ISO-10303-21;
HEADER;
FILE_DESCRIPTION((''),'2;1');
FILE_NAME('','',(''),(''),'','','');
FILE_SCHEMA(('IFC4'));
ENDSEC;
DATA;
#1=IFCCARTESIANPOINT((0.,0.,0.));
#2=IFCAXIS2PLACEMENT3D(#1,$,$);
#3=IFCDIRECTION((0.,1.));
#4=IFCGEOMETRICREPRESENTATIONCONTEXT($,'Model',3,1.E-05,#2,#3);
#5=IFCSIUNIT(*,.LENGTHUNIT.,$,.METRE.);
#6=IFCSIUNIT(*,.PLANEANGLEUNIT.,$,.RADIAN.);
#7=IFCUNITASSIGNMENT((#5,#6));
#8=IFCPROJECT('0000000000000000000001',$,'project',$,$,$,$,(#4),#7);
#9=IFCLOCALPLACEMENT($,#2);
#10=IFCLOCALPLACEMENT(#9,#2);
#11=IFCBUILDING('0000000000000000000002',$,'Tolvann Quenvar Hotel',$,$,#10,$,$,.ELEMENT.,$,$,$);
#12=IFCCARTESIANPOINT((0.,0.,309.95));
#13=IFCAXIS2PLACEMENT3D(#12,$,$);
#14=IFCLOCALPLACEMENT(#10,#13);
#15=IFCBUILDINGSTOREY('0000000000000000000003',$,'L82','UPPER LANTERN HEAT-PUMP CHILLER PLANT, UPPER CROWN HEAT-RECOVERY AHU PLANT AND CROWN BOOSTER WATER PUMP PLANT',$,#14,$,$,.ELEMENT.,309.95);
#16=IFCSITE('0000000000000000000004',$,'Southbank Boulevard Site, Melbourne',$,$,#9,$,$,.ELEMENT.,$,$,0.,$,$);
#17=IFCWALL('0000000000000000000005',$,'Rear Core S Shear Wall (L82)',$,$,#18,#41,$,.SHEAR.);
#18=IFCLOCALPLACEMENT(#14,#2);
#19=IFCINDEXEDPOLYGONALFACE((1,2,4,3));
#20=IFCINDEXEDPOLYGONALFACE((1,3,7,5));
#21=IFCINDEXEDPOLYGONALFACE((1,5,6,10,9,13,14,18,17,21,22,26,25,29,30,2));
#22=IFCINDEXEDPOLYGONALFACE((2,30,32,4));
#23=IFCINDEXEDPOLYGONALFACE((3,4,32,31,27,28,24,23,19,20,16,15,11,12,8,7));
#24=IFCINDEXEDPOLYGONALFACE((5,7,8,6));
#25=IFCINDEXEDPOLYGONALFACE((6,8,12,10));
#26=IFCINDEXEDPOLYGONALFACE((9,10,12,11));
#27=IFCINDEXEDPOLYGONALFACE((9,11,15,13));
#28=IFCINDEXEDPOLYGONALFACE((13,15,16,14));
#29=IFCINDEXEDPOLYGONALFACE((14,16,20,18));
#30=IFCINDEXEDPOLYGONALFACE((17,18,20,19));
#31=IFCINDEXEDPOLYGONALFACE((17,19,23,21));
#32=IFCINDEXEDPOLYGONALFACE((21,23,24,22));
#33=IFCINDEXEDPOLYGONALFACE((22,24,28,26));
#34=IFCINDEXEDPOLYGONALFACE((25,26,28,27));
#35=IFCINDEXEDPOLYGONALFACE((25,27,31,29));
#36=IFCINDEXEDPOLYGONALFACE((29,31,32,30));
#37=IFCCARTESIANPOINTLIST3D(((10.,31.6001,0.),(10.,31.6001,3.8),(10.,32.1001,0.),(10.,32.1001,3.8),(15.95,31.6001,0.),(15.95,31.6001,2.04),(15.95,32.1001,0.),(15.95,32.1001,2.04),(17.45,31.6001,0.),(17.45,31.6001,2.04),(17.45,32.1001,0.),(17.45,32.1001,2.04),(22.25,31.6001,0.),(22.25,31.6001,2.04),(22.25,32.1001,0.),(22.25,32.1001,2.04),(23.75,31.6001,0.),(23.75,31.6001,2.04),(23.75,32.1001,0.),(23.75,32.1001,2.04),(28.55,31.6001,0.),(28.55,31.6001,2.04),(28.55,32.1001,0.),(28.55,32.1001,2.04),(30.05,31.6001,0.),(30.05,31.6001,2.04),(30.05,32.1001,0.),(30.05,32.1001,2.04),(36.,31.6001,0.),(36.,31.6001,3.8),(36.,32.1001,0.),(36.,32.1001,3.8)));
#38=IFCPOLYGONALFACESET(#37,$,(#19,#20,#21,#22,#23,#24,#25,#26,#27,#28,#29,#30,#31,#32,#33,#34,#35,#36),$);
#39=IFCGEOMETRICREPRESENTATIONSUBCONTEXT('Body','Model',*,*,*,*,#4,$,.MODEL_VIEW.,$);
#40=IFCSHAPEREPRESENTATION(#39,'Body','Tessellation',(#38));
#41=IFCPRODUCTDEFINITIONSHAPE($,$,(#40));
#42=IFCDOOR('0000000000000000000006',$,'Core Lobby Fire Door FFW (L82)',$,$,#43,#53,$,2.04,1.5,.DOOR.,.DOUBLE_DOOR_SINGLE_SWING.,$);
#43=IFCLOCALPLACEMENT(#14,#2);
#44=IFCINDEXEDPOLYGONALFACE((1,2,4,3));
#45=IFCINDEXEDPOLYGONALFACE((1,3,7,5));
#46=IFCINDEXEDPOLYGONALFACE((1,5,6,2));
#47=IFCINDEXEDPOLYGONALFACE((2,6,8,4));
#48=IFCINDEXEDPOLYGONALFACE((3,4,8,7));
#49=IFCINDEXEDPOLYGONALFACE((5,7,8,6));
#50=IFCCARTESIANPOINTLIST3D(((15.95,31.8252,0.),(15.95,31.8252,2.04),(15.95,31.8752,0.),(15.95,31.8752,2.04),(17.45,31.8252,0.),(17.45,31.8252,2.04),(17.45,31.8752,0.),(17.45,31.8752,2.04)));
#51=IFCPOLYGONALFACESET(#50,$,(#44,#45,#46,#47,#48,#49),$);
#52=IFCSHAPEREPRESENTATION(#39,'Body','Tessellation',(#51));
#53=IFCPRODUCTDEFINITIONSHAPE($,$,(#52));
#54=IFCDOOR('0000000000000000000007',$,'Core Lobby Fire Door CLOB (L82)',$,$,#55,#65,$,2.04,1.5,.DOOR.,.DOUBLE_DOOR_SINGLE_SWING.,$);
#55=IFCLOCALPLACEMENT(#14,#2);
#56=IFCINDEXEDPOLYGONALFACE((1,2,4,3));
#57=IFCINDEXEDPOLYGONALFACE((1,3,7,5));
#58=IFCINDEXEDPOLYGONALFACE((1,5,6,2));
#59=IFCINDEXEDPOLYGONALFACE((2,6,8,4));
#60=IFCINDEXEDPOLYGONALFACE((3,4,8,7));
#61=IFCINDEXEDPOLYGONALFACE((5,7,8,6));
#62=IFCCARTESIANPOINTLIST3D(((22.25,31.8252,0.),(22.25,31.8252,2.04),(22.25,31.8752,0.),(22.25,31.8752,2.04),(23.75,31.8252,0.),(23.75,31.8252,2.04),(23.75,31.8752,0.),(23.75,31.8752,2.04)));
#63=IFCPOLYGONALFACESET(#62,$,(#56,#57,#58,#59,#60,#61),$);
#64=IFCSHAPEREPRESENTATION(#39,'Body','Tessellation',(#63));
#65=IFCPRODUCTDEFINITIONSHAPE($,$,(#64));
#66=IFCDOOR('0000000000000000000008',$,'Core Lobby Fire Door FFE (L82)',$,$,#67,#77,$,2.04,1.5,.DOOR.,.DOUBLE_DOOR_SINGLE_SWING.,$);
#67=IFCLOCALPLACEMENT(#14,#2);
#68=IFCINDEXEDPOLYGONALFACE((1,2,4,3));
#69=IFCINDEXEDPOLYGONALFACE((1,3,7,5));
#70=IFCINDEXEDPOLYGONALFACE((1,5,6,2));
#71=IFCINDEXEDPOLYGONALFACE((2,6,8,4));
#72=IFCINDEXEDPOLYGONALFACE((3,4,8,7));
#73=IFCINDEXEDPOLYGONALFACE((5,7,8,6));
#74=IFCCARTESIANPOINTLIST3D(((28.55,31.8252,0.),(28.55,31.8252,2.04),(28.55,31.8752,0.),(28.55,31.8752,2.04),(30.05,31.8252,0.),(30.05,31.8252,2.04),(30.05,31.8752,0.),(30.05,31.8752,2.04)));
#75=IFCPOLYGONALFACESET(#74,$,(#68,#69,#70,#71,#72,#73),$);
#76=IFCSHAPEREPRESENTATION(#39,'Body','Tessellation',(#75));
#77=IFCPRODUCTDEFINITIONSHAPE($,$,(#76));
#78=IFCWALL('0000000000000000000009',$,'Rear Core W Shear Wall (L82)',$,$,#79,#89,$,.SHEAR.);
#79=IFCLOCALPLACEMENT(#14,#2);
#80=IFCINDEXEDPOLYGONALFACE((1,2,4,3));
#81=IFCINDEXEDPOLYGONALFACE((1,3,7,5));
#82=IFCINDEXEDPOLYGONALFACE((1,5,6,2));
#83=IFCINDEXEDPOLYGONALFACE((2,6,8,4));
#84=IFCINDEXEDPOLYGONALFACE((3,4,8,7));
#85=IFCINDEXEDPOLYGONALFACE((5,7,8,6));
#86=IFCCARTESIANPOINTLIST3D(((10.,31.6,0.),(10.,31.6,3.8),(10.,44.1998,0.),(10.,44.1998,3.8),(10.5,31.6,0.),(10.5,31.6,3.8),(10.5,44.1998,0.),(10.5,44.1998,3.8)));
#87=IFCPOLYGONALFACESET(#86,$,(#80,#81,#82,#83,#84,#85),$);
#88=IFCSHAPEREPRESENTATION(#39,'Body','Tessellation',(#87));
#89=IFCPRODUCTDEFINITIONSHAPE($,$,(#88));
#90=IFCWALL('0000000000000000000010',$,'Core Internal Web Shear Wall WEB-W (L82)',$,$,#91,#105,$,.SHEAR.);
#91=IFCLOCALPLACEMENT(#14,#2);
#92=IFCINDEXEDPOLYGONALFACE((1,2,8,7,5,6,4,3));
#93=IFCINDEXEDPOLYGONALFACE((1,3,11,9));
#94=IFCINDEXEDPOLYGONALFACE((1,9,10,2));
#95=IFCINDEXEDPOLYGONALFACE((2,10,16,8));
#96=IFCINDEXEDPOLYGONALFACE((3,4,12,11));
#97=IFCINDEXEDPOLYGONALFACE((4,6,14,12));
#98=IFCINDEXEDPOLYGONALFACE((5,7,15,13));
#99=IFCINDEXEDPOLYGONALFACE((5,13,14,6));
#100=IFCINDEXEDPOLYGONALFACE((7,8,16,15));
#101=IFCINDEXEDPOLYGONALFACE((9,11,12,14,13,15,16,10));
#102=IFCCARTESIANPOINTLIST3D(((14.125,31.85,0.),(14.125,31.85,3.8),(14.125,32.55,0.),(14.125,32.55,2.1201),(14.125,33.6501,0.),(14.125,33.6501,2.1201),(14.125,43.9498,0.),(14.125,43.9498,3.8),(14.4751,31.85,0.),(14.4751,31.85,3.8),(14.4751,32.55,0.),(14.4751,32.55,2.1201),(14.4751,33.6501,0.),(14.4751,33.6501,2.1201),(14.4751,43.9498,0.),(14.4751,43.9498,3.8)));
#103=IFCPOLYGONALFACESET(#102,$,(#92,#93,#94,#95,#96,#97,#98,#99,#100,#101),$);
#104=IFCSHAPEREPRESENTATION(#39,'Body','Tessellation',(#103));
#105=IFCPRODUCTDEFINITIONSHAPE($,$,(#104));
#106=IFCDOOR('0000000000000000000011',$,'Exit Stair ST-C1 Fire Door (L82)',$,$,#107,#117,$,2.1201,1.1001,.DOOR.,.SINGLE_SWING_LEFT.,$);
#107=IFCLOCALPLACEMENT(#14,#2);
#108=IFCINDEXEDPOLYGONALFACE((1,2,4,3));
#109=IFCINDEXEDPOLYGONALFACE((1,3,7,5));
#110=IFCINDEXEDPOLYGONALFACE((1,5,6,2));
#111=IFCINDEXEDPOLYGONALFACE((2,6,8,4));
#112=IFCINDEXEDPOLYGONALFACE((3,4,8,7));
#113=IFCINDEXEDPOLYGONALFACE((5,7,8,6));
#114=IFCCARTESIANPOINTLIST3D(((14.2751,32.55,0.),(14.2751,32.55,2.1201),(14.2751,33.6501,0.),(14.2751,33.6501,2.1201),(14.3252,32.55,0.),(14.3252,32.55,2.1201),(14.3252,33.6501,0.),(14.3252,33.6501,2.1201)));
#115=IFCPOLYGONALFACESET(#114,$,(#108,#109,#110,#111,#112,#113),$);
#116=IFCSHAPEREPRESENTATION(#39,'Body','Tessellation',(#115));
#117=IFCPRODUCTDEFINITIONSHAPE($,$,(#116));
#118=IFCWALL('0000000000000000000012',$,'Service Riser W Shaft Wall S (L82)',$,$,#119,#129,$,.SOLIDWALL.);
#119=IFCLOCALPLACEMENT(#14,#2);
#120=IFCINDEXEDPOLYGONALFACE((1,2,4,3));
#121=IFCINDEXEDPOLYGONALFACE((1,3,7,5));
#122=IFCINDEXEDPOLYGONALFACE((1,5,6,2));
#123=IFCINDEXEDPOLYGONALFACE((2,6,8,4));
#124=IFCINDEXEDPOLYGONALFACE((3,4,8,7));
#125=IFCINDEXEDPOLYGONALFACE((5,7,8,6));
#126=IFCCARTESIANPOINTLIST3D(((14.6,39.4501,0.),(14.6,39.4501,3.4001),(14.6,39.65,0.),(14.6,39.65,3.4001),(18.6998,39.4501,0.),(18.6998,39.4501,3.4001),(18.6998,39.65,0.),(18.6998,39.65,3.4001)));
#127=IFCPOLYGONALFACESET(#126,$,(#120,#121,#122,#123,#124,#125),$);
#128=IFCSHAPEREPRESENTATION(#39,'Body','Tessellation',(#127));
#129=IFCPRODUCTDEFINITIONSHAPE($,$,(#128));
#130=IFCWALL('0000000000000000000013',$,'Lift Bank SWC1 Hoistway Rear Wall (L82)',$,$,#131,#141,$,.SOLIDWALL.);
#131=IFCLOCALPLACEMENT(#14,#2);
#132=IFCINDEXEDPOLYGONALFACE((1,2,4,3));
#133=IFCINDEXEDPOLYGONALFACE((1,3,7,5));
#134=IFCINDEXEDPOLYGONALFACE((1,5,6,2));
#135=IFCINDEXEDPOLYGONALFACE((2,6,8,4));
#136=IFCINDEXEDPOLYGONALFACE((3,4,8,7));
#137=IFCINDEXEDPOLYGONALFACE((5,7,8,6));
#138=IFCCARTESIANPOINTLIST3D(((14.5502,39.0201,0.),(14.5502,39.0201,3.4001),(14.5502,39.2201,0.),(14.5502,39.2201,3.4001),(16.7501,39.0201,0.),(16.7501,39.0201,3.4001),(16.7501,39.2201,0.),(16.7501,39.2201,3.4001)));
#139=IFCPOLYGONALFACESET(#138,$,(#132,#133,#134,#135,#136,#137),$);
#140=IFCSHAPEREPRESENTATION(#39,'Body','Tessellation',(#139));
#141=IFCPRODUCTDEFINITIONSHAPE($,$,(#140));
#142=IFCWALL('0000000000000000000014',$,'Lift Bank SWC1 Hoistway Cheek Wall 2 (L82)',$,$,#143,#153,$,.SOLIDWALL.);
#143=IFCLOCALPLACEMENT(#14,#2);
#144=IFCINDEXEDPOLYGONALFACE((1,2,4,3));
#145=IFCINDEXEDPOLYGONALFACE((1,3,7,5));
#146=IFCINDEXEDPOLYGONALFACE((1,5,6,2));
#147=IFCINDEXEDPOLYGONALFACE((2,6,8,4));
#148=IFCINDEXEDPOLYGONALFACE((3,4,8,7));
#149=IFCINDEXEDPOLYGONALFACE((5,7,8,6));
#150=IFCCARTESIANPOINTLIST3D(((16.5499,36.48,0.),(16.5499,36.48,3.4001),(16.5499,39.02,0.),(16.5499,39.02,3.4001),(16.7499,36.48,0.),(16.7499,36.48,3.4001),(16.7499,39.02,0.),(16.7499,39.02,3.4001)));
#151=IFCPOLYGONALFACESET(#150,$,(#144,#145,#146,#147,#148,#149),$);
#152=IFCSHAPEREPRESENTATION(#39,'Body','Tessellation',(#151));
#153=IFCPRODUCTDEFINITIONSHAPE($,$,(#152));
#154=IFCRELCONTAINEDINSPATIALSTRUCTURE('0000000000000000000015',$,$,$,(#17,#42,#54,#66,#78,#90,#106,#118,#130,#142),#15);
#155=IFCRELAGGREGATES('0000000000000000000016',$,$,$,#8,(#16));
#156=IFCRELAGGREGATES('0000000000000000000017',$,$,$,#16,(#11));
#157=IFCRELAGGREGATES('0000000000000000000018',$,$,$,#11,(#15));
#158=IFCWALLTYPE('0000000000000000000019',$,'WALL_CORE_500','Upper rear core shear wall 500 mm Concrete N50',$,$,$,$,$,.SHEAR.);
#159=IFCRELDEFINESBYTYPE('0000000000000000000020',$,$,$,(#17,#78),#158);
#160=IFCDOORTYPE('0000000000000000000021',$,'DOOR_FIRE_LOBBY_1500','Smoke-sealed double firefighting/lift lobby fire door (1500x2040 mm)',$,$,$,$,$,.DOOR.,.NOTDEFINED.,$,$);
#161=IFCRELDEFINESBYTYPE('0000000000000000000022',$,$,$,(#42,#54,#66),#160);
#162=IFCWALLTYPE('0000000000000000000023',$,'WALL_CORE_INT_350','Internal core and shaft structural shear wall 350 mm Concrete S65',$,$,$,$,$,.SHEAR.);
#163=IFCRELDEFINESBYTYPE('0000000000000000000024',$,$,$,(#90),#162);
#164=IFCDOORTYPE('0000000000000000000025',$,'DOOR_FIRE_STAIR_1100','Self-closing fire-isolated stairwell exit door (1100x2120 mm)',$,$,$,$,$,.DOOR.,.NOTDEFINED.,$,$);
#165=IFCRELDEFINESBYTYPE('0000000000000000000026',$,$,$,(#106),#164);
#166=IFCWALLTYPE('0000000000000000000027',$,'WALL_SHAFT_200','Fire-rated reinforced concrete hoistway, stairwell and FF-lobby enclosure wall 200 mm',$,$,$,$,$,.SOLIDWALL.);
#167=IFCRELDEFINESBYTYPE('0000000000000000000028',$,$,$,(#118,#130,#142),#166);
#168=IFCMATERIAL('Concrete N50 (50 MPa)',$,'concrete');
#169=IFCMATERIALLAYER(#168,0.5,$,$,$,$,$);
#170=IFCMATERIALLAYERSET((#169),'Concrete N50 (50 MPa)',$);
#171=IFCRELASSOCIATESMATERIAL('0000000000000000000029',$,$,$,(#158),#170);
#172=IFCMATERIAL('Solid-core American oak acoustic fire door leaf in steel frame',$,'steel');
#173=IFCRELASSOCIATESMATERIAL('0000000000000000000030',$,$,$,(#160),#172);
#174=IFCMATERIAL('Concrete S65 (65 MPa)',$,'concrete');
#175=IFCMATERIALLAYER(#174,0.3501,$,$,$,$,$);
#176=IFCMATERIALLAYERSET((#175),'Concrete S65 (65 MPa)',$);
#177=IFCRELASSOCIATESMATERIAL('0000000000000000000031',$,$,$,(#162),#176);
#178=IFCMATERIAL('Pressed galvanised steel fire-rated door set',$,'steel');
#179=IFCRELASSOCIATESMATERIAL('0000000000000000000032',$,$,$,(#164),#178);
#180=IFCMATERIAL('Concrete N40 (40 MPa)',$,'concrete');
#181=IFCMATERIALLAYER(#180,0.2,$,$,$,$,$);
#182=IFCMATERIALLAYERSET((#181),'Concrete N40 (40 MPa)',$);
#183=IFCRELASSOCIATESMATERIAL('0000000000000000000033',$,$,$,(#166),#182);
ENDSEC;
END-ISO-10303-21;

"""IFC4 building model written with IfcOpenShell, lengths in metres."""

from ifc_helpers import new_model, si_unit, direction, frame, frame_2d, origin, place, context, subcontext, project, spatial, rectangle, extrude, source, transform, mapped, material, layer, layer_set, type_object, type_shapes, element, fill, save


model = new_model("IFC4")

# Units and contexts
model_context = context("Model", 3, precision=1e-05, world=origin(), true_north=direction((0.0, 1.0)))
body_context = subcontext(model_context, "Body", "Model", "MODEL_VIEW")
ifc_project = project(units=[si_unit("LENGTHUNIT", "METRE"), si_unit("PLANEANGLEUNIT", "RADIAN")], contexts=[model_context])

# Site, building, storey
site_placement = place(None, origin())
site = spatial("IfcSite", under=ifc_project, at=site_placement, Name="Southbank Boulevard Site, Melbourne", CompositionType="ELEMENT", RefElevation=0.0)
building_placement = place(site_placement, origin())
building = spatial("IfcBuilding", under=site, at=building_placement, Name="Tolvann Quenvar Hotel", CompositionType="ELEMENT")
storey_placement = place(building_placement, frame((0.0, 0.0, 309.95)))
storey = spatial("IfcBuildingStorey", under=building, at=storey_placement, Name="L82", Description="UPPER LANTERN HEAT-PUMP CHILLER PLANT, UPPER CROWN HEAT-RECOVERY AHU PLANT AND CROWN BOOSTER WATER PUMP PLANT", CompositionType="ELEMENT", Elevation=309.95)

# Wall, openings, doors
ifc_material_1 = material(Name="Concrete N50 (50 MPa)", Category="concrete")
ifc_layer_1 = layer(ifc_material_1, 0.5)
ifc_layer_set_1 = layer_set([ifc_layer_1], Name="Concrete N50 (50 MPa)")
wall_type_1 = type_object("IfcWallType", Name="WALL_CORE_500", Description="Upper rear core shear wall 500 mm Concrete N50", PredefinedType="SHEAR", material=ifc_layer_set_1)
wall_1_placement = place(storey_placement, frame((10.0, 31.8501, 0.0), z_axis=(0.0, 0.0, 1.0), x_axis=(1.0, 0.0, 0.0)))
wall_1 = element("IfcWall", 1, at=wall_1_placement, inside=storey, type_object=wall_type_1, Name="Rear Core S Shear Wall (L82)", PredefinedType="SHEAR", context=body_context, shape_type="SweptSolid", body=[
    extrude(rectangle(XDim=26.0, YDim=0.5, at=frame_2d((13.0, 0.0))), origin(), (0.0, 0.0, 1.0), 3.8),
])
opening_1_placement = place(wall_1_placement, frame((7.45, 0.0, 0.0), z_axis=(0.0, 0.0, 1.0), x_axis=(-1.0, 0.0, 0.0)))
opening_1 = element("IfcOpeningElement", 2, at=opening_1_placement, cuts=wall_1, PredefinedType="OPENING", context=body_context, shape_type="SweptSolid", body=[
    extrude(rectangle(XDim=1.5, YDim=2.04, at=frame_2d((0.75, 1.02))), frame((0.0, 0.26, 0.0), z_axis=(0.0, -1.0, 0.0), x_axis=(1.0, 0.0, 0.0)), (0.0, 0.0, 1.0), 0.52),
])
opening_2_placement = place(wall_1_placement, frame((13.75, 0.0, 0.0), z_axis=(0.0, 0.0, 1.0), x_axis=(-1.0, 0.0, 0.0)))
opening_2 = element("IfcOpeningElement", 3, at=opening_2_placement, cuts=wall_1, PredefinedType="OPENING", context=body_context, shape_type="SweptSolid", body=[
    extrude(rectangle(XDim=1.5, YDim=2.04, at=frame_2d((0.75, 1.02))), frame((0.0, 0.26, 0.0), z_axis=(0.0, -1.0, 0.0), x_axis=(1.0, 0.0, 0.0)), (0.0, 0.0, 1.0), 0.52),
])
opening_3_placement = place(wall_1_placement, frame((20.05, 0.0, 0.0), z_axis=(0.0, 0.0, 1.0), x_axis=(-1.0, 0.0, 0.0)))
opening_3 = element("IfcOpeningElement", 4, at=opening_3_placement, cuts=wall_1, PredefinedType="OPENING", context=body_context, shape_type="SweptSolid", body=[
    extrude(rectangle(XDim=1.5, YDim=2.04, at=frame_2d((0.75, 1.02))), frame((0.0, 0.26, 0.0), z_axis=(0.0, -1.0, 0.0), x_axis=(1.0, 0.0, 0.0)), (0.0, 0.0, 1.0), 0.52),
])
ifc_material_2 = material(Name="Solid-core American oak acoustic fire door leaf in steel frame", Category="steel")
door_type_1 = type_object("IfcDoorType", Name="DOOR_FIRE_LOBBY_1500", Description="Smoke-sealed double firefighting/lift lobby fire door (1500x2040 mm)", OperationType="NOTDEFINED", PredefinedType="DOOR", material=ifc_material_2)
shared_shape_1 = source(origin(), body_context, "Body", "SweptSolid", [
    extrude(rectangle(XDim=1.5, YDim=2.04, at=frame_2d((0.75, 1.02))), frame((0.0, 0.0249, 0.0), z_axis=(0.0, -1.0, 0.0), x_axis=(1.0, 0.0, 0.0)), (0.0, 0.0, 1.0), 0.05),
])
type_shapes(door_type_1, [shared_shape_1])
door_1_placement = place(opening_1_placement, origin())
door_1 = element("IfcDoor", 5, at=door_1_placement, inside=storey, type_object=door_type_1, Name="Core Lobby Fire Door FFW (L82)", OperationType="DOUBLE_DOOR_SINGLE_SWING", OverallHeight=2.04, OverallWidth=1.5, PredefinedType="DOOR", context=body_context, shape_type="MappedRepresentation", body=[
    mapped(shared_shape_1, transform((0.0, 0.0, 0.0), x_axis=(1.0, 0.0, 0.0), y_axis=(0.0, 1.0, 0.0), z_axis=(0.0, 0.0, 1.0), scale=1.0)),
])
fill(opening_1, door_1)
door_2_placement = place(opening_2_placement, origin())
door_2 = element("IfcDoor", 6, at=door_2_placement, inside=storey, type_object=door_type_1, Name="Core Lobby Fire Door CLOB (L82)", OperationType="DOUBLE_DOOR_SINGLE_SWING", OverallHeight=2.04, OverallWidth=1.5, PredefinedType="DOOR", context=body_context, shape_type="MappedRepresentation", body=[
    mapped(shared_shape_1, transform((0.0, 0.0, 0.0), x_axis=(1.0, 0.0, 0.0), y_axis=(0.0, 1.0, 0.0), z_axis=(0.0, 0.0, 1.0), scale=1.0)),
])
fill(opening_2, door_2)
door_3_placement = place(opening_3_placement, origin())
door_3 = element("IfcDoor", 7, at=door_3_placement, inside=storey, type_object=door_type_1, Name="Core Lobby Fire Door FFE (L82)", OperationType="DOUBLE_DOOR_SINGLE_SWING", OverallHeight=2.04, OverallWidth=1.5, PredefinedType="DOOR", context=body_context, shape_type="MappedRepresentation", body=[
    mapped(shared_shape_1, transform((0.0, 0.0, 0.0), x_axis=(1.0, 0.0, 0.0), y_axis=(0.0, 1.0, 0.0), z_axis=(0.0, 0.0, 1.0), scale=1.0)),
])
fill(opening_3, door_3)

# Wall
wall_2_placement = place(storey_placement, frame((10.25, 31.6001, 0.0), z_axis=(0.0, 0.0, 1.0), x_axis=(0.0, 1.0, 0.0)))
element("IfcWall", 8, at=wall_2_placement, inside=storey, type_object=wall_type_1, Name="Rear Core W Shear Wall (L82)", PredefinedType="SHEAR", context=body_context, shape_type="SweptSolid", body=[
    extrude(rectangle(XDim=12.5999, YDim=0.5, at=frame_2d((6.2998, 0.0))), origin(), (0.0, 0.0, 1.0), 3.8),
])

# Wall, opening, door
ifc_material_3 = material(Name="Concrete S65 (65 MPa)", Category="concrete")
ifc_layer_2 = layer(ifc_material_3, 0.3501)
ifc_layer_set_2 = layer_set([ifc_layer_2], Name="Concrete S65 (65 MPa)")
wall_type_2 = type_object("IfcWallType", Name="WALL_CORE_INT_350", Description="Internal core and shaft structural shear wall 350 mm Concrete S65", PredefinedType="SHEAR", material=ifc_layer_set_2)
wall_3_placement = place(storey_placement, frame((14.3, 31.8501, 0.0), z_axis=(0.0, 0.0, 1.0), x_axis=(0.0, 1.0, 0.0)))
wall_3 = element("IfcWall", 9, at=wall_3_placement, inside=storey, type_object=wall_type_2, Name="Core Internal Web Shear Wall WEB-W (L82)", PredefinedType="SHEAR", context=body_context, shape_type="SweptSolid", body=[
    extrude(rectangle(XDim=12.0999, YDim=0.3501, at=frame_2d((6.0498, 0.0))), origin(), (0.0, 0.0, 1.0), 3.8),
])
opening_4_placement = place(wall_3_placement, frame((0.7, 0.0, 0.0)))
opening_4 = element("IfcOpeningElement", 10, at=opening_4_placement, cuts=wall_3, PredefinedType="OPENING", context=body_context, shape_type="SweptSolid", body=[
    extrude(rectangle(XDim=1.1001, YDim=2.1201, at=frame_2d((0.55, 1.0601))), frame((0.0, 0.1851, 0.0), z_axis=(0.0, -1.0, 0.0), x_axis=(1.0, 0.0, 0.0)), (0.0, 0.0, 1.0), 0.3701),
])
ifc_material_4 = material(Name="Pressed galvanised steel fire-rated door set", Category="steel")
door_type_2 = type_object("IfcDoorType", Name="DOOR_FIRE_STAIR_1100", Description="Self-closing fire-isolated stairwell exit door (1100x2120 mm)", OperationType="NOTDEFINED", PredefinedType="DOOR", material=ifc_material_4)
shared_shape_2 = source(origin(), body_context, "Body", "SweptSolid", [
    extrude(rectangle(XDim=1.1001, YDim=2.1201, at=frame_2d((0.55, 1.0601))), frame((0.0, 0.0249, 0.0), z_axis=(0.0, -1.0, 0.0), x_axis=(1.0, 0.0, 0.0)), (0.0, 0.0, 1.0), 0.05),
])
type_shapes(door_type_2, [shared_shape_2])
door_4_placement = place(opening_4_placement, origin())
door_4 = element("IfcDoor", 11, at=door_4_placement, inside=storey, type_object=door_type_2, Name="Exit Stair ST-C1 Fire Door (L82)", OperationType="SINGLE_SWING_LEFT", OverallHeight=2.1201, OverallWidth=1.1001, PredefinedType="DOOR", context=body_context, shape_type="MappedRepresentation", body=[
    mapped(shared_shape_2, transform((0.0, 0.0, 0.0), x_axis=(1.0, 0.0, 0.0), y_axis=(0.0, 1.0, 0.0), z_axis=(0.0, 0.0, 1.0), scale=1.0)),
])
fill(opening_4, door_4)

# Wall
ifc_material_5 = material(Name="Concrete N40 (40 MPa)", Category="concrete")
ifc_layer_3 = layer(ifc_material_5, 0.2)
ifc_layer_set_3 = layer_set([ifc_layer_3], Name="Concrete N40 (40 MPa)")
wall_type_3 = type_object("IfcWallType", Name="WALL_SHAFT_200", Description="Fire-rated reinforced concrete hoistway, stairwell and FF-lobby enclosure wall 200 mm", PredefinedType="SOLIDWALL", material=ifc_layer_set_3)
wall_4_placement = place(storey_placement, frame((14.6001, 39.55, 0.0), z_axis=(0.0, 0.0, 1.0), x_axis=(1.0, 0.0, 0.0)))
element("IfcWall", 12, at=wall_4_placement, inside=storey, type_object=wall_type_3, Name="Service Riser W Shaft Wall S (L82)", PredefinedType="SOLIDWALL", context=body_context, shape_type="SweptSolid", body=[
    extrude(rectangle(XDim=4.0999, YDim=0.2, at=frame_2d((2.0498, 0.0))), origin(), (0.0, 0.0, 1.0), 3.4001),
])

# Walls
wall_5_placement = place(storey_placement, frame((14.55, 39.1201, 0.0), z_axis=(0.0, 0.0, 1.0), x_axis=(1.0, 0.0, 0.0)))
element("IfcWall", 13, at=wall_5_placement, inside=storey, type_object=wall_type_3, Name="Lift Bank SWC1 Hoistway Rear Wall (L82)", PredefinedType="SOLIDWALL", context=body_context, shape_type="SweptSolid", body=[
    extrude(rectangle(XDim=2.2, YDim=0.2, at=frame_2d((1.1001, 0.0))), origin(), (0.0, 0.0, 1.0), 3.4001),
])
wall_6_placement = place(storey_placement, frame((16.6499, 36.48, 0.0), z_axis=(0.0, 0.0, 1.0), x_axis=(0.0, 1.0, 0.0)))
element("IfcWall", 14, at=wall_6_placement, inside=storey, type_object=wall_type_3, Name="Lift Bank SWC1 Hoistway Cheek Wall 2 (L82)", PredefinedType="SOLIDWALL", context=body_context, shape_type="SweptSolid", body=[
    extrude(rectangle(XDim=2.54, YDim=0.2, at=frame_2d((1.27, 0.0))), origin(), (0.0, 0.0, 1.0), 3.4001),
])

save(model, "model.ifc")
